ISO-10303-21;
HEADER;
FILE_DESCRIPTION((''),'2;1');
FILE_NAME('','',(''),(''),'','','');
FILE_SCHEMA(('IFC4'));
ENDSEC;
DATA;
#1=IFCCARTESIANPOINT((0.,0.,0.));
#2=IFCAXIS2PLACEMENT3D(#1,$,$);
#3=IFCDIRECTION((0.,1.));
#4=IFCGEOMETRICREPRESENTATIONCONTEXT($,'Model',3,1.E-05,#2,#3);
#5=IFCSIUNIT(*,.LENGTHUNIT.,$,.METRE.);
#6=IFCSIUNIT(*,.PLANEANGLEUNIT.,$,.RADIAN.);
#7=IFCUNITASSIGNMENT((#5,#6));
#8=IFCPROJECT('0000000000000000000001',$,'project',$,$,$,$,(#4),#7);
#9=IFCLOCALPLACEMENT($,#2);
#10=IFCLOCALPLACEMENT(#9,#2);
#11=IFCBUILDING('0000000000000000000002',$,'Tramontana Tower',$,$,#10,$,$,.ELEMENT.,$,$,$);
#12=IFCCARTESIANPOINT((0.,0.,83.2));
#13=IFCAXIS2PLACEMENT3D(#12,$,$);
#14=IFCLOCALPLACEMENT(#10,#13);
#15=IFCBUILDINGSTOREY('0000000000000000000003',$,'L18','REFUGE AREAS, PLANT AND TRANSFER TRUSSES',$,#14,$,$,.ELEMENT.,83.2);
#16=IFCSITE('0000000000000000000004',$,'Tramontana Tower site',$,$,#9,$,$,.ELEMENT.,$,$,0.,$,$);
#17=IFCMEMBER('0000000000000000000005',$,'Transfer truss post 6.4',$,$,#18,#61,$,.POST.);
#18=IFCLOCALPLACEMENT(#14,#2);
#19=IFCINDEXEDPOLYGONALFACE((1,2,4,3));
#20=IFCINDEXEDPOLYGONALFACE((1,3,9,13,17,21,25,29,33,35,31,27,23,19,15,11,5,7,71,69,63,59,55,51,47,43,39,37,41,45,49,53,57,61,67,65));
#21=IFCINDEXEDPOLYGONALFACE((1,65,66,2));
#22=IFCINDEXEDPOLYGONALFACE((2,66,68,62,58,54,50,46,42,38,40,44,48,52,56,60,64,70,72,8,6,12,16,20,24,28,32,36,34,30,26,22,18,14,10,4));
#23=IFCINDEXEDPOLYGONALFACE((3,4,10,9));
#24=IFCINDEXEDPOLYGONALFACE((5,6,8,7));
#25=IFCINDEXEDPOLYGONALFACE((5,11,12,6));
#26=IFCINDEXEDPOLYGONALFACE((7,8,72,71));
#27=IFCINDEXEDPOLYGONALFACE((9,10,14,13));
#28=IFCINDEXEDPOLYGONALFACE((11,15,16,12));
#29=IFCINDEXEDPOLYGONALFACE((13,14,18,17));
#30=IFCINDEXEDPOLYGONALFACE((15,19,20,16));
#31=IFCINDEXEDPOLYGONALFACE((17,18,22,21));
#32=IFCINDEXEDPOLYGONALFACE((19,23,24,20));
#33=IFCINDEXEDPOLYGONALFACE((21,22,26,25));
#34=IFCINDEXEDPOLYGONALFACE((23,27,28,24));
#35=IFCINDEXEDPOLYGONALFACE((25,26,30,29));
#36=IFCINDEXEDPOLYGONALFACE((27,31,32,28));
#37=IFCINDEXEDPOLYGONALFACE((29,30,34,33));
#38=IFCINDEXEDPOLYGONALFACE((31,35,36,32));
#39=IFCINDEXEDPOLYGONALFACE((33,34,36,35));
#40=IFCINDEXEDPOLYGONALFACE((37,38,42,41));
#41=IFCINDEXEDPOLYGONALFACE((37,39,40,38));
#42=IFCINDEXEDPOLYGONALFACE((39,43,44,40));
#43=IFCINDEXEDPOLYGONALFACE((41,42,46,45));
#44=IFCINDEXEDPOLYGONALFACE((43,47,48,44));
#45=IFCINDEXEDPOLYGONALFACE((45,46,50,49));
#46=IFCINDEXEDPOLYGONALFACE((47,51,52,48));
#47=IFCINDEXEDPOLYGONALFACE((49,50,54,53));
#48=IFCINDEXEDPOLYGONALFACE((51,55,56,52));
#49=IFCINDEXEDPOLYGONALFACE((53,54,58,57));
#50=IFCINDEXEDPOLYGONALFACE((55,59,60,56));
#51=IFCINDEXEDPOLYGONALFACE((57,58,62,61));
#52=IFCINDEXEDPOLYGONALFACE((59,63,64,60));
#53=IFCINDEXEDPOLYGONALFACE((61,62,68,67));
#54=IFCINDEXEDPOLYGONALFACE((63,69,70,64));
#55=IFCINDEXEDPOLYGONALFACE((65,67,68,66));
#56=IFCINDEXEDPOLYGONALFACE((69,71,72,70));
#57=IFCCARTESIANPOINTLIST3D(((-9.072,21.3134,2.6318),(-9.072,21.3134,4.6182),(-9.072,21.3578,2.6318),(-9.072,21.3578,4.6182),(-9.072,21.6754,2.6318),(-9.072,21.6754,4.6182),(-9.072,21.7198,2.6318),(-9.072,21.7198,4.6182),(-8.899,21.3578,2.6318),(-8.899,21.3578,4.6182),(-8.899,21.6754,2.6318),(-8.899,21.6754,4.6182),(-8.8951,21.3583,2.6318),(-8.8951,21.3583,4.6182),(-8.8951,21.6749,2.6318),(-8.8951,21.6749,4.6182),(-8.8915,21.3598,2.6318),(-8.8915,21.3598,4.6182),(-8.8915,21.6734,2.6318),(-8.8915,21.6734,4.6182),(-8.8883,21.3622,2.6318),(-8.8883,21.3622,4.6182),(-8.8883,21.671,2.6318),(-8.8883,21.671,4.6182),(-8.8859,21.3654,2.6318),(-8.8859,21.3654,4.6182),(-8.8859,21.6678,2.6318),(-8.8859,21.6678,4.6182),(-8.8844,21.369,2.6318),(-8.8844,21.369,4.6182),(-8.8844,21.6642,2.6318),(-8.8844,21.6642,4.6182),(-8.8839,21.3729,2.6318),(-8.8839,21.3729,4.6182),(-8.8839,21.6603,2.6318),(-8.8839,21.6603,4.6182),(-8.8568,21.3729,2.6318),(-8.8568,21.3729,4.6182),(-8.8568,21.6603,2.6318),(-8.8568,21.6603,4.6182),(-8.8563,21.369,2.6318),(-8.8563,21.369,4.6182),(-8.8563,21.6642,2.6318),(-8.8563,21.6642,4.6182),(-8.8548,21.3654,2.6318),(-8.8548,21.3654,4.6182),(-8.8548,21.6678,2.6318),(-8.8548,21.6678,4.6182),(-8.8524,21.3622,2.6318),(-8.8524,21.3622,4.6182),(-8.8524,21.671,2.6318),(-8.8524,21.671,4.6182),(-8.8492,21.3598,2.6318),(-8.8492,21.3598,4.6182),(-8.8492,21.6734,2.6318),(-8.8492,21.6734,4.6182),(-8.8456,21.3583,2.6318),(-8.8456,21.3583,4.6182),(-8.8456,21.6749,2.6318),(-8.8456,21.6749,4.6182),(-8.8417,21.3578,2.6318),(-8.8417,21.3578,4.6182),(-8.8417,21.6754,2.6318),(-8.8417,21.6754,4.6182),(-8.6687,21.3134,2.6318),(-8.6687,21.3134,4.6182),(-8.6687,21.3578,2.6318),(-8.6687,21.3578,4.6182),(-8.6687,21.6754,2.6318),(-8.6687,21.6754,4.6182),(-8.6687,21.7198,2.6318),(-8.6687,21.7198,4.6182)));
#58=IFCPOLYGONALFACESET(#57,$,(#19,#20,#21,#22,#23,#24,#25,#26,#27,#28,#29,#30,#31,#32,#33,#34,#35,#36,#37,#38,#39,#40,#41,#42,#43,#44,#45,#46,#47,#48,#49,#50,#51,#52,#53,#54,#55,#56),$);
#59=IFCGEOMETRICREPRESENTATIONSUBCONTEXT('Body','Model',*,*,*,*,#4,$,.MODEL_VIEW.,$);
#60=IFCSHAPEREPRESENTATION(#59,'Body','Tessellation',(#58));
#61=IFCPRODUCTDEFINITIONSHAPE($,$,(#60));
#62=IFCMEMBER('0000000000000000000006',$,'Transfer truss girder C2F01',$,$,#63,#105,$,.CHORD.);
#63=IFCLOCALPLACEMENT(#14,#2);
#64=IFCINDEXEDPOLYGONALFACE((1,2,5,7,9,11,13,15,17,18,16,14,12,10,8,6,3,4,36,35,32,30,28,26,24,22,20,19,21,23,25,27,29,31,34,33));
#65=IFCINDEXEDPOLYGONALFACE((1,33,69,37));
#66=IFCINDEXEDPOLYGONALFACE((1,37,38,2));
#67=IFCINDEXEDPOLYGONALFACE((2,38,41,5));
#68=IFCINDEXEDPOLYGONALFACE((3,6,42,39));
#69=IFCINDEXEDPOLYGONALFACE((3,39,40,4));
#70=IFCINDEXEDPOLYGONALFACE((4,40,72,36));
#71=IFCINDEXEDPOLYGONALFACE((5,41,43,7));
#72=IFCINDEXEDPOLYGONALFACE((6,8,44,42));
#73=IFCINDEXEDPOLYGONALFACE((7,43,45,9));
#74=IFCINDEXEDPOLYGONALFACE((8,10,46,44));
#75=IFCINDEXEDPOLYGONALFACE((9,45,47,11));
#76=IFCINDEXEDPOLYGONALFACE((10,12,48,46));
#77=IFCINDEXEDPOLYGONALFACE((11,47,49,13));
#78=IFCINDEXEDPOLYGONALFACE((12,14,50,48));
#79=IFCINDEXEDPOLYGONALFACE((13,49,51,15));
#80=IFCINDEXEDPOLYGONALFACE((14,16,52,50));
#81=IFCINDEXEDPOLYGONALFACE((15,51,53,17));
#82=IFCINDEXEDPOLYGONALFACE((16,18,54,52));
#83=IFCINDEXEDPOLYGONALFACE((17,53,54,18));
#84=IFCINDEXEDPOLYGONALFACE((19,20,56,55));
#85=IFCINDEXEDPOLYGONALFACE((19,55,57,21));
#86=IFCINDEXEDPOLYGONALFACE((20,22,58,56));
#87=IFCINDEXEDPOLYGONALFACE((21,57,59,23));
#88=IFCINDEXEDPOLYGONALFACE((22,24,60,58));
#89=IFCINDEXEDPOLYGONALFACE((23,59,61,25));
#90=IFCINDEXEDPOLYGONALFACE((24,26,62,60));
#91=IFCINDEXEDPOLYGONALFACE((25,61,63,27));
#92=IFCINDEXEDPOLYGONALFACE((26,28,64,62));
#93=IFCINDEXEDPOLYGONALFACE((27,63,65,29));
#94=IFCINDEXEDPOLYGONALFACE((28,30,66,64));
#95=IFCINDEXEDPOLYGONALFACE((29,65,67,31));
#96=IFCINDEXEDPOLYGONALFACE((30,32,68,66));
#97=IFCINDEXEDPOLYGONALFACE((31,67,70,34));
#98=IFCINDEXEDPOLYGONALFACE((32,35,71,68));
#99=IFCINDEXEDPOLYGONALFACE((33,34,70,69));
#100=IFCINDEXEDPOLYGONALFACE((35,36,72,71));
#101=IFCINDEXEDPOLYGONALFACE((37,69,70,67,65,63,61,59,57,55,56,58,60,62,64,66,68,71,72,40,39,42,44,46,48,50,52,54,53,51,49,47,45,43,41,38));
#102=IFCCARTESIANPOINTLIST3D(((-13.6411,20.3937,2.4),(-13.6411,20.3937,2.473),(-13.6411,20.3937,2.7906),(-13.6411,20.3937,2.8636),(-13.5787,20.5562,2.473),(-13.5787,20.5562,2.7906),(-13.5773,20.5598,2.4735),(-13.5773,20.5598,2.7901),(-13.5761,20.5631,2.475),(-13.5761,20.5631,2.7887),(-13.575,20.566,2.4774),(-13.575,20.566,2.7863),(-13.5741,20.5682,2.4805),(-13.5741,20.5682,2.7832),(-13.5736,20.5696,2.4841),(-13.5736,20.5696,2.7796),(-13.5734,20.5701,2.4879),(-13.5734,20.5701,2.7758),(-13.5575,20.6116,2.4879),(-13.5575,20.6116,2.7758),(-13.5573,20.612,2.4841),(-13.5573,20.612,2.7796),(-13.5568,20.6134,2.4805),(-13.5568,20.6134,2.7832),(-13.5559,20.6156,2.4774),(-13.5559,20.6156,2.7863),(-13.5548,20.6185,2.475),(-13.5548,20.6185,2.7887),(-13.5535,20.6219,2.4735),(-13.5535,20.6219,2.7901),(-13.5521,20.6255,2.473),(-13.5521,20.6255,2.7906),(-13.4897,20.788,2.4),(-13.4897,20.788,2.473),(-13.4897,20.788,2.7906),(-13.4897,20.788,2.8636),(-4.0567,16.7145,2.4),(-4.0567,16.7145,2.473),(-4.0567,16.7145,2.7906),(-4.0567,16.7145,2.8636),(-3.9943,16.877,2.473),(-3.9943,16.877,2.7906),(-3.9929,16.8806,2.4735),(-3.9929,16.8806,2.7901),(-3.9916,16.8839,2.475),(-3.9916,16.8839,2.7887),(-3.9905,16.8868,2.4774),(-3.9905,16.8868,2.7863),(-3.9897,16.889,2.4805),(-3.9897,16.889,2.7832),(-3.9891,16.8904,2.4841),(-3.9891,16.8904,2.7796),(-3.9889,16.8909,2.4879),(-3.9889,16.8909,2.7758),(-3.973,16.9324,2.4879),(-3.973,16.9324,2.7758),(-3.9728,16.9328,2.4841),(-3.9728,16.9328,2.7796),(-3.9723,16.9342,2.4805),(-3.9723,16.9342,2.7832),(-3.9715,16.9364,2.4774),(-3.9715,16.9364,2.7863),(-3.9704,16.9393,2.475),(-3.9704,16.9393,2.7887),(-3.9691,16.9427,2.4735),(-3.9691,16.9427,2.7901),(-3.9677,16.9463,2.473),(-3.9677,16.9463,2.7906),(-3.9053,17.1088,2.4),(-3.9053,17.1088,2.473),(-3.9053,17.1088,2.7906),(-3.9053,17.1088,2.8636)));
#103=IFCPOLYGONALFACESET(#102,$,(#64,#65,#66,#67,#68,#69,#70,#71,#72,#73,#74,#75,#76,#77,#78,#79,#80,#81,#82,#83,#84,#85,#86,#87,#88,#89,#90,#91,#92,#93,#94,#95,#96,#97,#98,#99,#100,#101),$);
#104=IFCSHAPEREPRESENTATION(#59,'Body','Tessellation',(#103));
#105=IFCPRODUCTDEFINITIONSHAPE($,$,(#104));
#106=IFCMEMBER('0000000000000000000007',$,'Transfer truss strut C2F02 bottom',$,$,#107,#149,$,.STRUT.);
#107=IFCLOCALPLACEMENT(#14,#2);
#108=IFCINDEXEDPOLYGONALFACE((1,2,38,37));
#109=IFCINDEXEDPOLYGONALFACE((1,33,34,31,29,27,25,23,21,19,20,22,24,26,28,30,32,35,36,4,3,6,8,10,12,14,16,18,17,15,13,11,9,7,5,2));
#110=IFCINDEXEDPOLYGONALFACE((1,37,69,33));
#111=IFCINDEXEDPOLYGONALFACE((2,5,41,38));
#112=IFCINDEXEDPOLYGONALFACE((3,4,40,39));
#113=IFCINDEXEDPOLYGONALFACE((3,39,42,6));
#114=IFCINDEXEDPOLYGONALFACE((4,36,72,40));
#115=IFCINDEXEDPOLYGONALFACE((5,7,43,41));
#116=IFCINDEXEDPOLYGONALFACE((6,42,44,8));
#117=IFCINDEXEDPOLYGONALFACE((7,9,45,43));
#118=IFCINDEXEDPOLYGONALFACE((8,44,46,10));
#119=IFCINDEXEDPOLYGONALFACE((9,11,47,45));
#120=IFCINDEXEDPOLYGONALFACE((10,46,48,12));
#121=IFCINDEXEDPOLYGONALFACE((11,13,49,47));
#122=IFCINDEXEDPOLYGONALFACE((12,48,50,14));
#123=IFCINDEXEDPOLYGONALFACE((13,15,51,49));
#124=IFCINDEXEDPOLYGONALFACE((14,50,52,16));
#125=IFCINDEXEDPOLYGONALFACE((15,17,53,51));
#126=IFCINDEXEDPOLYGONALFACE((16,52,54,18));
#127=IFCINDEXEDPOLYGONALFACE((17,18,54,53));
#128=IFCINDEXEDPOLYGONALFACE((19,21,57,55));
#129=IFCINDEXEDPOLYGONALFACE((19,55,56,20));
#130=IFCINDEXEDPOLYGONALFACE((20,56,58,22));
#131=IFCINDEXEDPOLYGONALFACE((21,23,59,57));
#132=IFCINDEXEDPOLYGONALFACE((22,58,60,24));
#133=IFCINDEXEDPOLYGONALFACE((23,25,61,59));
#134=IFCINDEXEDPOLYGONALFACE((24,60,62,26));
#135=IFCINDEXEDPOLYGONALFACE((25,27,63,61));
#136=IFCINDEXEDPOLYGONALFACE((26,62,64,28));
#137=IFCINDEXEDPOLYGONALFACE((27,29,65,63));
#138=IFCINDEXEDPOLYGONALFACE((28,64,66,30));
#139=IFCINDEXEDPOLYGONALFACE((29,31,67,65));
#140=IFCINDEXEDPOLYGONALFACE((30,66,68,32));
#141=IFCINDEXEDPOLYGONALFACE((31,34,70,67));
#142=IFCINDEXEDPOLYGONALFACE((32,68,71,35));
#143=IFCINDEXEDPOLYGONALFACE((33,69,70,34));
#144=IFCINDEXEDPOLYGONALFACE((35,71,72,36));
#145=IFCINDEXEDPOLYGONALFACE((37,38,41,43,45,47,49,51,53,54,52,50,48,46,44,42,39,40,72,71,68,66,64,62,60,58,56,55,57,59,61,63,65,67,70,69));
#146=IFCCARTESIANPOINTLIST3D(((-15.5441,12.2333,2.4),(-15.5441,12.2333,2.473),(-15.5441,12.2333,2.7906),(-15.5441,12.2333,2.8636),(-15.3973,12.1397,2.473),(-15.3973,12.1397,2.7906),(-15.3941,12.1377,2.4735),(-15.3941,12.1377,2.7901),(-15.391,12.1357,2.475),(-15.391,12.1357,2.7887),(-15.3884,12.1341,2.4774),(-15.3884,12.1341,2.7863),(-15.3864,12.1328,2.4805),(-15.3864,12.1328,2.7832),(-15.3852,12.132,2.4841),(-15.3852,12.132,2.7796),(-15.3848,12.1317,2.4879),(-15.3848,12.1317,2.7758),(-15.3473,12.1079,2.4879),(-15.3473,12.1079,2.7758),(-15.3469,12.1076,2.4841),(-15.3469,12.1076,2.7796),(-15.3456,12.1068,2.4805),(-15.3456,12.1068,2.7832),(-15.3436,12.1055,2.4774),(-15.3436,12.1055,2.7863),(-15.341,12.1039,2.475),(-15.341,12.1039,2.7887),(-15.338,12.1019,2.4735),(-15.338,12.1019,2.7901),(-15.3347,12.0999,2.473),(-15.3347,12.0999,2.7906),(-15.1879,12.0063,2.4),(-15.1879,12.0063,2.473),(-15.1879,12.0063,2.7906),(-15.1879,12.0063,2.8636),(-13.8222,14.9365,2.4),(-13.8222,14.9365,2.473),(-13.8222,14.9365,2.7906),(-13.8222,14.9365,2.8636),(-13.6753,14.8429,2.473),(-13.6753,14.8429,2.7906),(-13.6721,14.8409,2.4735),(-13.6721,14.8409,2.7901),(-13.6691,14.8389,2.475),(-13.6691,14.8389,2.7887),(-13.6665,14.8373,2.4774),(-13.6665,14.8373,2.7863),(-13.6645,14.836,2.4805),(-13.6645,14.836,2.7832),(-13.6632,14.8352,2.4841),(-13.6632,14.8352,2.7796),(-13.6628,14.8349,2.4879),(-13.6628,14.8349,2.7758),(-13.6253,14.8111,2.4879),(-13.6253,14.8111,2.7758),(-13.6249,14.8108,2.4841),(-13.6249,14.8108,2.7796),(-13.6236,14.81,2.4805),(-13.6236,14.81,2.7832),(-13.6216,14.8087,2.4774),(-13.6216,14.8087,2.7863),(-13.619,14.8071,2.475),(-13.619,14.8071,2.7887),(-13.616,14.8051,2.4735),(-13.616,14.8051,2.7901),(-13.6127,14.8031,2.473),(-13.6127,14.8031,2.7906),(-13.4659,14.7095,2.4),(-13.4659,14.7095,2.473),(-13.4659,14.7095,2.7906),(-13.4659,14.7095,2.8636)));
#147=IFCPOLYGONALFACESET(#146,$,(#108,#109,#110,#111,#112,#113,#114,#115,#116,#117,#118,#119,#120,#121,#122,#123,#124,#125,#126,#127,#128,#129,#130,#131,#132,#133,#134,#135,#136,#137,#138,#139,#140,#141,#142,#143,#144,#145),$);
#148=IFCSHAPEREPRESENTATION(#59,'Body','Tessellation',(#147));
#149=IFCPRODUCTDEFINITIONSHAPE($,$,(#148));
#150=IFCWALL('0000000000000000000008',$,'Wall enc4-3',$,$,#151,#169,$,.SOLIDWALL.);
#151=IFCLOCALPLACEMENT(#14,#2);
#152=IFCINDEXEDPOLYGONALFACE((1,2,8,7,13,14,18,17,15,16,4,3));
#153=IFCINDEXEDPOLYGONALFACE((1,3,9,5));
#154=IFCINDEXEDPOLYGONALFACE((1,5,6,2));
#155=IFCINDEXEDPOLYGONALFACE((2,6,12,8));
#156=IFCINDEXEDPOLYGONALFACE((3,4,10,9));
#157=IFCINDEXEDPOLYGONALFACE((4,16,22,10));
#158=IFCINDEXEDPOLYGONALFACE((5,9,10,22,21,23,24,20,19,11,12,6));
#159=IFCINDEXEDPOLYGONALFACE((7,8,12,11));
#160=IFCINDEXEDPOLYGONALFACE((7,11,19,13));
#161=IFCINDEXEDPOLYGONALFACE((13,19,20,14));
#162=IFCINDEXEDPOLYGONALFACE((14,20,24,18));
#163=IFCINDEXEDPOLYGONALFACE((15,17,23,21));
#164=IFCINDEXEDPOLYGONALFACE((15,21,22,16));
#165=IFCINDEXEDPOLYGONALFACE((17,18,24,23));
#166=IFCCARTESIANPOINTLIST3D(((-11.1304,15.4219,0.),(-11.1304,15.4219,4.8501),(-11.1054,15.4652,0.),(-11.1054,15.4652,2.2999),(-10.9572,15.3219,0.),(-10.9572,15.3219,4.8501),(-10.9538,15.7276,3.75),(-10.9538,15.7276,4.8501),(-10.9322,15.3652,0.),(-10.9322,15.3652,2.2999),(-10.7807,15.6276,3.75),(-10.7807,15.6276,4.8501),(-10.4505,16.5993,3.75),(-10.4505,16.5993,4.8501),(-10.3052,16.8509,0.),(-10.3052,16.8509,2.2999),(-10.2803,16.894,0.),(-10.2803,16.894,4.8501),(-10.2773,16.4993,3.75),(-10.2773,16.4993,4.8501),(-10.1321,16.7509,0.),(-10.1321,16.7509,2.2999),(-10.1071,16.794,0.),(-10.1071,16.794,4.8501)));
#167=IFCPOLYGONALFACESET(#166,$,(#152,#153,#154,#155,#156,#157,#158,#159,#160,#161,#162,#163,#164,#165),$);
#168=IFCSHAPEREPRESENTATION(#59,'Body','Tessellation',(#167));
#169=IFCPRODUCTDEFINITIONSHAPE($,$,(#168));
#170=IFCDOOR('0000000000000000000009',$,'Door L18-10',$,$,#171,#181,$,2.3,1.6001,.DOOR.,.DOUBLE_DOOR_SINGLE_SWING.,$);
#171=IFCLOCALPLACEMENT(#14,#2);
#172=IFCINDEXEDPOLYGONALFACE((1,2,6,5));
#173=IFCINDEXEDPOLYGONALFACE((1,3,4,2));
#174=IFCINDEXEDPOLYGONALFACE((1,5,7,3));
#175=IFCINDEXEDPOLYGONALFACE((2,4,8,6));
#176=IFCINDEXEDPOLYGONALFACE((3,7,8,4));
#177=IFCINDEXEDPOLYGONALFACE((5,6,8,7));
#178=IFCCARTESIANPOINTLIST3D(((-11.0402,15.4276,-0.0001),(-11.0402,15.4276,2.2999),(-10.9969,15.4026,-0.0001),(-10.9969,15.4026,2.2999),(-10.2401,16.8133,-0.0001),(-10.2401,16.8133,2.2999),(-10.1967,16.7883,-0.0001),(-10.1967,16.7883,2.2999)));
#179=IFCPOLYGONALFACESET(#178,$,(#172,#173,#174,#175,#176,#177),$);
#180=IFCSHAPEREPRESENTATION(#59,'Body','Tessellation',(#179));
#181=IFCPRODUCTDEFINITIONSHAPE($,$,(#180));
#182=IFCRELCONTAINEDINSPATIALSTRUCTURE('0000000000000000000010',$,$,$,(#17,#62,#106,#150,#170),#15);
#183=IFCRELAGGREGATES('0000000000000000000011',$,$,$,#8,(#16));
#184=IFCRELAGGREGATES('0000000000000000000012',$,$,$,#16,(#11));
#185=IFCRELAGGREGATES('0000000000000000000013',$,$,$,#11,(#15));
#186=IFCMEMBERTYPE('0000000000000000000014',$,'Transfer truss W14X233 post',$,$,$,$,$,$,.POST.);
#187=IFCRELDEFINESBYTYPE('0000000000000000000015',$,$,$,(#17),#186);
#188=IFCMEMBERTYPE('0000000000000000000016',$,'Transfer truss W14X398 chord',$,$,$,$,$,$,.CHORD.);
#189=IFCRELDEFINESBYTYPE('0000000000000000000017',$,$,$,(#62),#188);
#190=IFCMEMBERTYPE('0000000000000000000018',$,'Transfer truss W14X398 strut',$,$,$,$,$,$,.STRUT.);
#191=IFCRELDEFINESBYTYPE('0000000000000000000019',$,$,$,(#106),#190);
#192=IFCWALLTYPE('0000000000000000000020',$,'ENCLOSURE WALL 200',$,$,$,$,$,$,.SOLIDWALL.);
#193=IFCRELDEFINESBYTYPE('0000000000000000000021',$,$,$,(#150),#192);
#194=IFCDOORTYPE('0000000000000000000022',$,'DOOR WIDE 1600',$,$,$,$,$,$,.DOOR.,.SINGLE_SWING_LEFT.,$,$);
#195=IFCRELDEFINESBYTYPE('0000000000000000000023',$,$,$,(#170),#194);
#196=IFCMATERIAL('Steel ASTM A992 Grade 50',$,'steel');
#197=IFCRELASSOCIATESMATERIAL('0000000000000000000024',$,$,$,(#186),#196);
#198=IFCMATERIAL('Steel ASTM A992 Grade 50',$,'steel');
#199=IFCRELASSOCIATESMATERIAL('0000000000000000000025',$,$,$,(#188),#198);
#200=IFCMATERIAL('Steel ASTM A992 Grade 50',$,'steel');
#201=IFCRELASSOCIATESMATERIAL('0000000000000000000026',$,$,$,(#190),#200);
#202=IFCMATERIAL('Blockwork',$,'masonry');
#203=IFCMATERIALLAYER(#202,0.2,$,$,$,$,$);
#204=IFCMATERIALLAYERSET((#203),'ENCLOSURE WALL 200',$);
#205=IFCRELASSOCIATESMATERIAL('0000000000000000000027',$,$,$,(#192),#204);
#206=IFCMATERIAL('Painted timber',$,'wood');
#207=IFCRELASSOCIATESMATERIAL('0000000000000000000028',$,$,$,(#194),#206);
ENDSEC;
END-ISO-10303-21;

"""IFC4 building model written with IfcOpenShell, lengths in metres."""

from ifc_helpers import new_model, si_unit, direction, frame, frame_2d, origin, origin_2d, place, context, subcontext, project, spatial, polyline, rectangle, i_section, outline, extrude, material, layer, layer_set, material_profile, profile_set, type_object, element, fill, save


model = new_model("IFC4")

# Units and contexts
model_context = context("Model", 3, precision=1e-05, world=origin(), true_north=direction((0.0, 1.0)))
body_context = subcontext(model_context, "Body", "Model", "MODEL_VIEW")
ifc_project = project(units=[si_unit("LENGTHUNIT", "METRE"), si_unit("PLANEANGLEUNIT", "RADIAN")], contexts=[model_context])

# Site, building, storey
site_placement = place(None, origin())
site = spatial("IfcSite", under=ifc_project, at=site_placement, Name="Tramontana Tower site", CompositionType="ELEMENT", RefElevation=0.0)
building_placement = place(site_placement, origin())
building = spatial("IfcBuilding", under=site, at=building_placement, Name="Tramontana Tower", CompositionType="ELEMENT")
storey_placement = place(building_placement, frame((0.0, 0.0, 83.2)))
storey = spatial("IfcBuildingStorey", under=building, at=storey_placement, Name="L18", Description="REFUGE AREAS, PLANT AND TRANSFER TRUSSES", CompositionType="ELEMENT", Elevation=83.2)

# Members
ifc_material_1 = material(Name="Steel ASTM A992 Grade 50", Category="steel")
ifc_material_profile_1 = material_profile(ifc_material_1, i_section(OverallWidth=0.4033, OverallDepth=0.4065, WebThickness=0.0271, FlangeThickness=0.0444, FilletRadius=0.0151, at=origin_2d()), Name="W14X233")
ifc_profile_set_1 = profile_set([ifc_material_profile_1], Name="Steel ASTM A992 Grade 50")
member_type_1 = type_object("IfcMemberType", Name="Transfer truss W14X233 post", PredefinedType="POST", material=ifc_profile_set_1)
for number, where, z_axis, x_axis, name in (
    (1, (-8.8704, 21.5166, 2.6318), (0.0, 0.0, 1.0), (1.0, 0.0, 0.0), "Transfer truss post 6.4"),
):
    element("IfcMember", number, at=place(storey_placement, frame(where, z_axis=z_axis, x_axis=x_axis)), inside=storey, type_object=member_type_1, Name=name, PredefinedType="POST", context=body_context, shape_type="SweptSolid", body=[
        extrude(i_section(OverallWidth=0.4033, OverallDepth=0.4065, WebThickness=0.0271, FlangeThickness=0.0444, FilletRadius=0.0151, at=origin_2d()), origin(), (0.0, 0.0, 1.0), 1.9863),
    ])
ifc_material_2 = material(Name="Steel ASTM A992 Grade 50", Category="steel")
ifc_material_profile_2 = material_profile(ifc_material_2, i_section(OverallWidth=0.4224, OverallDepth=0.4636, WebThickness=0.0444, FlangeThickness=0.073, FilletRadius=0.0149, at=origin_2d()), Name="W14X398")
ifc_profile_set_2 = profile_set([ifc_material_profile_2], Name="Steel ASTM A992 Grade 50")
member_type_2 = type_object("IfcMemberType", Name="Transfer truss W14X398 chord", PredefinedType="CHORD", material=ifc_profile_set_2)
member_1_placement = place(storey_placement, frame((-13.5654, 20.5908, 2.6318), z_axis=(0.933578, -0.358373, 0.0), x_axis=(0.358373, 0.933578, 0.0)))
element("IfcMember", 2, at=member_1_placement, inside=storey, type_object=member_type_2, Name="Transfer truss girder C2F01", PredefinedType="CHORD", context=body_context, shape_type="SweptSolid", body=[
    extrude(i_section(OverallWidth=0.4224, OverallDepth=0.4636, WebThickness=0.0444, FlangeThickness=0.073, FilletRadius=0.0149, at=origin_2d()), origin(), (0.0, 0.0, 1.0), 10.2664),
])
ifc_material_3 = material(Name="Steel ASTM A992 Grade 50", Category="steel")
ifc_material_profile_3 = material_profile(ifc_material_3, i_section(OverallWidth=0.4224, OverallDepth=0.4636, WebThickness=0.0444, FlangeThickness=0.073, FilletRadius=0.0149, at=origin_2d()), Name="W14X398")
ifc_profile_set_3 = profile_set([ifc_material_profile_3], Name="Steel ASTM A992 Grade 50")
member_type_3 = type_object("IfcMemberType", Name="Transfer truss W14X398 strut", PredefinedType="STRUT", material=ifc_profile_set_3)
member_2_placement = place(storey_placement, frame((-13.644, 14.823, 2.6318), z_axis=(-0.537265, -0.843414, 0.0), x_axis=(0.843414, -0.537265, 0.0)))
element("IfcMember", 3, at=member_2_placement, inside=storey, type_object=member_type_3, Name="Transfer truss strut C2F02 bottom", PredefinedType="STRUT", context=body_context, shape_type="SweptSolid", body=[
    extrude(i_section(OverallWidth=0.4224, OverallDepth=0.4636, WebThickness=0.0444, FlangeThickness=0.073, FilletRadius=0.0149, at=origin_2d()), origin(), (0.0, 0.0, 1.0), 3.2051),
])

# Wall, opening, door
ifc_material_4 = material(Name="Blockwork", Category="masonry")
ifc_layer_1 = layer(ifc_material_4, 0.2)
ifc_layer_set_1 = layer_set([ifc_layer_1], Name="ENCLOSURE WALL 200")
wall_type_1 = type_object("IfcWallType", Name="ENCLOSURE WALL 200", PredefinedType="SOLIDWALL", material=ifc_layer_set_1)
wall_1_placement = place(storey_placement, frame((-11.0437, 15.3718, 0.0), z_axis=(0.0, 0.0, 1.0), x_axis=(0.500062, 0.865989, 0.0)))
wall_1 = element("IfcWall", 4, at=wall_1_placement, inside=storey, type_object=wall_type_1, Name="Wall enc4-3", PredefinedType="SOLIDWALL", context=body_context, shape_type="SweptSolid", body=[
    extrude(outline(polyline([(0.0, 0.0), (1.7, 0.0), (1.7, 4.8501), (1.3596, 4.8501), (1.3596, 3.75), (0.353, 3.75), (0.353, 4.8501), (0.0, 4.8501), (0.0, 0.0)])), frame((0.0, 0.1001, 0.0), z_axis=(0.0, -1.0, 0.0), x_axis=(1.0, 0.0, 0.0)), (0.0, 0.0, 1.0), 0.2),
])
opening_1_placement = place(wall_1_placement, frame((0.05, 0.0, 0.0)))
opening_1 = element("IfcOpeningElement", 5, at=opening_1_placement, cuts=wall_1, PredefinedType="OPENING", context=body_context, shape_type="SweptSolid", body=[
    extrude(rectangle(XDim=1.6001, YDim=2.3, at=frame_2d((0.8, 1.1499))), frame((0.0, 0.1099, 0.0), z_axis=(0.0, -1.0, 0.0), x_axis=(1.0, 0.0, 0.0)), (0.0, 0.0, 1.0), 0.22),
])
ifc_material_5 = material(Name="Painted timber", Category="wood")
door_type = type_object("IfcDoorType", Name="DOOR WIDE 1600", OperationType="SINGLE_SWING_LEFT", PredefinedType="DOOR", material=ifc_material_5)
door_1_placement = place(opening_1_placement, origin())
door_1 = element("IfcDoor", 6, at=door_1_placement, inside=storey, type_object=door_type, Name="Door L18-10", OperationType="DOUBLE_DOOR_SINGLE_SWING", OverallHeight=2.3, OverallWidth=1.6001, PredefinedType="DOOR", context=body_context, shape_type="SweptSolid", body=[
    extrude(rectangle(XDim=1.6001, YDim=2.3, at=frame_2d((0.8, 1.1499))), frame((0.0, 0.0249, 0.0), z_axis=(0.0, -1.0, 0.0), x_axis=(1.0, 0.0, 0.0)), (0.0, 0.0, 1.0), 0.05),
])
fill(opening_1, door_1)

save(model, "model.ifc")
